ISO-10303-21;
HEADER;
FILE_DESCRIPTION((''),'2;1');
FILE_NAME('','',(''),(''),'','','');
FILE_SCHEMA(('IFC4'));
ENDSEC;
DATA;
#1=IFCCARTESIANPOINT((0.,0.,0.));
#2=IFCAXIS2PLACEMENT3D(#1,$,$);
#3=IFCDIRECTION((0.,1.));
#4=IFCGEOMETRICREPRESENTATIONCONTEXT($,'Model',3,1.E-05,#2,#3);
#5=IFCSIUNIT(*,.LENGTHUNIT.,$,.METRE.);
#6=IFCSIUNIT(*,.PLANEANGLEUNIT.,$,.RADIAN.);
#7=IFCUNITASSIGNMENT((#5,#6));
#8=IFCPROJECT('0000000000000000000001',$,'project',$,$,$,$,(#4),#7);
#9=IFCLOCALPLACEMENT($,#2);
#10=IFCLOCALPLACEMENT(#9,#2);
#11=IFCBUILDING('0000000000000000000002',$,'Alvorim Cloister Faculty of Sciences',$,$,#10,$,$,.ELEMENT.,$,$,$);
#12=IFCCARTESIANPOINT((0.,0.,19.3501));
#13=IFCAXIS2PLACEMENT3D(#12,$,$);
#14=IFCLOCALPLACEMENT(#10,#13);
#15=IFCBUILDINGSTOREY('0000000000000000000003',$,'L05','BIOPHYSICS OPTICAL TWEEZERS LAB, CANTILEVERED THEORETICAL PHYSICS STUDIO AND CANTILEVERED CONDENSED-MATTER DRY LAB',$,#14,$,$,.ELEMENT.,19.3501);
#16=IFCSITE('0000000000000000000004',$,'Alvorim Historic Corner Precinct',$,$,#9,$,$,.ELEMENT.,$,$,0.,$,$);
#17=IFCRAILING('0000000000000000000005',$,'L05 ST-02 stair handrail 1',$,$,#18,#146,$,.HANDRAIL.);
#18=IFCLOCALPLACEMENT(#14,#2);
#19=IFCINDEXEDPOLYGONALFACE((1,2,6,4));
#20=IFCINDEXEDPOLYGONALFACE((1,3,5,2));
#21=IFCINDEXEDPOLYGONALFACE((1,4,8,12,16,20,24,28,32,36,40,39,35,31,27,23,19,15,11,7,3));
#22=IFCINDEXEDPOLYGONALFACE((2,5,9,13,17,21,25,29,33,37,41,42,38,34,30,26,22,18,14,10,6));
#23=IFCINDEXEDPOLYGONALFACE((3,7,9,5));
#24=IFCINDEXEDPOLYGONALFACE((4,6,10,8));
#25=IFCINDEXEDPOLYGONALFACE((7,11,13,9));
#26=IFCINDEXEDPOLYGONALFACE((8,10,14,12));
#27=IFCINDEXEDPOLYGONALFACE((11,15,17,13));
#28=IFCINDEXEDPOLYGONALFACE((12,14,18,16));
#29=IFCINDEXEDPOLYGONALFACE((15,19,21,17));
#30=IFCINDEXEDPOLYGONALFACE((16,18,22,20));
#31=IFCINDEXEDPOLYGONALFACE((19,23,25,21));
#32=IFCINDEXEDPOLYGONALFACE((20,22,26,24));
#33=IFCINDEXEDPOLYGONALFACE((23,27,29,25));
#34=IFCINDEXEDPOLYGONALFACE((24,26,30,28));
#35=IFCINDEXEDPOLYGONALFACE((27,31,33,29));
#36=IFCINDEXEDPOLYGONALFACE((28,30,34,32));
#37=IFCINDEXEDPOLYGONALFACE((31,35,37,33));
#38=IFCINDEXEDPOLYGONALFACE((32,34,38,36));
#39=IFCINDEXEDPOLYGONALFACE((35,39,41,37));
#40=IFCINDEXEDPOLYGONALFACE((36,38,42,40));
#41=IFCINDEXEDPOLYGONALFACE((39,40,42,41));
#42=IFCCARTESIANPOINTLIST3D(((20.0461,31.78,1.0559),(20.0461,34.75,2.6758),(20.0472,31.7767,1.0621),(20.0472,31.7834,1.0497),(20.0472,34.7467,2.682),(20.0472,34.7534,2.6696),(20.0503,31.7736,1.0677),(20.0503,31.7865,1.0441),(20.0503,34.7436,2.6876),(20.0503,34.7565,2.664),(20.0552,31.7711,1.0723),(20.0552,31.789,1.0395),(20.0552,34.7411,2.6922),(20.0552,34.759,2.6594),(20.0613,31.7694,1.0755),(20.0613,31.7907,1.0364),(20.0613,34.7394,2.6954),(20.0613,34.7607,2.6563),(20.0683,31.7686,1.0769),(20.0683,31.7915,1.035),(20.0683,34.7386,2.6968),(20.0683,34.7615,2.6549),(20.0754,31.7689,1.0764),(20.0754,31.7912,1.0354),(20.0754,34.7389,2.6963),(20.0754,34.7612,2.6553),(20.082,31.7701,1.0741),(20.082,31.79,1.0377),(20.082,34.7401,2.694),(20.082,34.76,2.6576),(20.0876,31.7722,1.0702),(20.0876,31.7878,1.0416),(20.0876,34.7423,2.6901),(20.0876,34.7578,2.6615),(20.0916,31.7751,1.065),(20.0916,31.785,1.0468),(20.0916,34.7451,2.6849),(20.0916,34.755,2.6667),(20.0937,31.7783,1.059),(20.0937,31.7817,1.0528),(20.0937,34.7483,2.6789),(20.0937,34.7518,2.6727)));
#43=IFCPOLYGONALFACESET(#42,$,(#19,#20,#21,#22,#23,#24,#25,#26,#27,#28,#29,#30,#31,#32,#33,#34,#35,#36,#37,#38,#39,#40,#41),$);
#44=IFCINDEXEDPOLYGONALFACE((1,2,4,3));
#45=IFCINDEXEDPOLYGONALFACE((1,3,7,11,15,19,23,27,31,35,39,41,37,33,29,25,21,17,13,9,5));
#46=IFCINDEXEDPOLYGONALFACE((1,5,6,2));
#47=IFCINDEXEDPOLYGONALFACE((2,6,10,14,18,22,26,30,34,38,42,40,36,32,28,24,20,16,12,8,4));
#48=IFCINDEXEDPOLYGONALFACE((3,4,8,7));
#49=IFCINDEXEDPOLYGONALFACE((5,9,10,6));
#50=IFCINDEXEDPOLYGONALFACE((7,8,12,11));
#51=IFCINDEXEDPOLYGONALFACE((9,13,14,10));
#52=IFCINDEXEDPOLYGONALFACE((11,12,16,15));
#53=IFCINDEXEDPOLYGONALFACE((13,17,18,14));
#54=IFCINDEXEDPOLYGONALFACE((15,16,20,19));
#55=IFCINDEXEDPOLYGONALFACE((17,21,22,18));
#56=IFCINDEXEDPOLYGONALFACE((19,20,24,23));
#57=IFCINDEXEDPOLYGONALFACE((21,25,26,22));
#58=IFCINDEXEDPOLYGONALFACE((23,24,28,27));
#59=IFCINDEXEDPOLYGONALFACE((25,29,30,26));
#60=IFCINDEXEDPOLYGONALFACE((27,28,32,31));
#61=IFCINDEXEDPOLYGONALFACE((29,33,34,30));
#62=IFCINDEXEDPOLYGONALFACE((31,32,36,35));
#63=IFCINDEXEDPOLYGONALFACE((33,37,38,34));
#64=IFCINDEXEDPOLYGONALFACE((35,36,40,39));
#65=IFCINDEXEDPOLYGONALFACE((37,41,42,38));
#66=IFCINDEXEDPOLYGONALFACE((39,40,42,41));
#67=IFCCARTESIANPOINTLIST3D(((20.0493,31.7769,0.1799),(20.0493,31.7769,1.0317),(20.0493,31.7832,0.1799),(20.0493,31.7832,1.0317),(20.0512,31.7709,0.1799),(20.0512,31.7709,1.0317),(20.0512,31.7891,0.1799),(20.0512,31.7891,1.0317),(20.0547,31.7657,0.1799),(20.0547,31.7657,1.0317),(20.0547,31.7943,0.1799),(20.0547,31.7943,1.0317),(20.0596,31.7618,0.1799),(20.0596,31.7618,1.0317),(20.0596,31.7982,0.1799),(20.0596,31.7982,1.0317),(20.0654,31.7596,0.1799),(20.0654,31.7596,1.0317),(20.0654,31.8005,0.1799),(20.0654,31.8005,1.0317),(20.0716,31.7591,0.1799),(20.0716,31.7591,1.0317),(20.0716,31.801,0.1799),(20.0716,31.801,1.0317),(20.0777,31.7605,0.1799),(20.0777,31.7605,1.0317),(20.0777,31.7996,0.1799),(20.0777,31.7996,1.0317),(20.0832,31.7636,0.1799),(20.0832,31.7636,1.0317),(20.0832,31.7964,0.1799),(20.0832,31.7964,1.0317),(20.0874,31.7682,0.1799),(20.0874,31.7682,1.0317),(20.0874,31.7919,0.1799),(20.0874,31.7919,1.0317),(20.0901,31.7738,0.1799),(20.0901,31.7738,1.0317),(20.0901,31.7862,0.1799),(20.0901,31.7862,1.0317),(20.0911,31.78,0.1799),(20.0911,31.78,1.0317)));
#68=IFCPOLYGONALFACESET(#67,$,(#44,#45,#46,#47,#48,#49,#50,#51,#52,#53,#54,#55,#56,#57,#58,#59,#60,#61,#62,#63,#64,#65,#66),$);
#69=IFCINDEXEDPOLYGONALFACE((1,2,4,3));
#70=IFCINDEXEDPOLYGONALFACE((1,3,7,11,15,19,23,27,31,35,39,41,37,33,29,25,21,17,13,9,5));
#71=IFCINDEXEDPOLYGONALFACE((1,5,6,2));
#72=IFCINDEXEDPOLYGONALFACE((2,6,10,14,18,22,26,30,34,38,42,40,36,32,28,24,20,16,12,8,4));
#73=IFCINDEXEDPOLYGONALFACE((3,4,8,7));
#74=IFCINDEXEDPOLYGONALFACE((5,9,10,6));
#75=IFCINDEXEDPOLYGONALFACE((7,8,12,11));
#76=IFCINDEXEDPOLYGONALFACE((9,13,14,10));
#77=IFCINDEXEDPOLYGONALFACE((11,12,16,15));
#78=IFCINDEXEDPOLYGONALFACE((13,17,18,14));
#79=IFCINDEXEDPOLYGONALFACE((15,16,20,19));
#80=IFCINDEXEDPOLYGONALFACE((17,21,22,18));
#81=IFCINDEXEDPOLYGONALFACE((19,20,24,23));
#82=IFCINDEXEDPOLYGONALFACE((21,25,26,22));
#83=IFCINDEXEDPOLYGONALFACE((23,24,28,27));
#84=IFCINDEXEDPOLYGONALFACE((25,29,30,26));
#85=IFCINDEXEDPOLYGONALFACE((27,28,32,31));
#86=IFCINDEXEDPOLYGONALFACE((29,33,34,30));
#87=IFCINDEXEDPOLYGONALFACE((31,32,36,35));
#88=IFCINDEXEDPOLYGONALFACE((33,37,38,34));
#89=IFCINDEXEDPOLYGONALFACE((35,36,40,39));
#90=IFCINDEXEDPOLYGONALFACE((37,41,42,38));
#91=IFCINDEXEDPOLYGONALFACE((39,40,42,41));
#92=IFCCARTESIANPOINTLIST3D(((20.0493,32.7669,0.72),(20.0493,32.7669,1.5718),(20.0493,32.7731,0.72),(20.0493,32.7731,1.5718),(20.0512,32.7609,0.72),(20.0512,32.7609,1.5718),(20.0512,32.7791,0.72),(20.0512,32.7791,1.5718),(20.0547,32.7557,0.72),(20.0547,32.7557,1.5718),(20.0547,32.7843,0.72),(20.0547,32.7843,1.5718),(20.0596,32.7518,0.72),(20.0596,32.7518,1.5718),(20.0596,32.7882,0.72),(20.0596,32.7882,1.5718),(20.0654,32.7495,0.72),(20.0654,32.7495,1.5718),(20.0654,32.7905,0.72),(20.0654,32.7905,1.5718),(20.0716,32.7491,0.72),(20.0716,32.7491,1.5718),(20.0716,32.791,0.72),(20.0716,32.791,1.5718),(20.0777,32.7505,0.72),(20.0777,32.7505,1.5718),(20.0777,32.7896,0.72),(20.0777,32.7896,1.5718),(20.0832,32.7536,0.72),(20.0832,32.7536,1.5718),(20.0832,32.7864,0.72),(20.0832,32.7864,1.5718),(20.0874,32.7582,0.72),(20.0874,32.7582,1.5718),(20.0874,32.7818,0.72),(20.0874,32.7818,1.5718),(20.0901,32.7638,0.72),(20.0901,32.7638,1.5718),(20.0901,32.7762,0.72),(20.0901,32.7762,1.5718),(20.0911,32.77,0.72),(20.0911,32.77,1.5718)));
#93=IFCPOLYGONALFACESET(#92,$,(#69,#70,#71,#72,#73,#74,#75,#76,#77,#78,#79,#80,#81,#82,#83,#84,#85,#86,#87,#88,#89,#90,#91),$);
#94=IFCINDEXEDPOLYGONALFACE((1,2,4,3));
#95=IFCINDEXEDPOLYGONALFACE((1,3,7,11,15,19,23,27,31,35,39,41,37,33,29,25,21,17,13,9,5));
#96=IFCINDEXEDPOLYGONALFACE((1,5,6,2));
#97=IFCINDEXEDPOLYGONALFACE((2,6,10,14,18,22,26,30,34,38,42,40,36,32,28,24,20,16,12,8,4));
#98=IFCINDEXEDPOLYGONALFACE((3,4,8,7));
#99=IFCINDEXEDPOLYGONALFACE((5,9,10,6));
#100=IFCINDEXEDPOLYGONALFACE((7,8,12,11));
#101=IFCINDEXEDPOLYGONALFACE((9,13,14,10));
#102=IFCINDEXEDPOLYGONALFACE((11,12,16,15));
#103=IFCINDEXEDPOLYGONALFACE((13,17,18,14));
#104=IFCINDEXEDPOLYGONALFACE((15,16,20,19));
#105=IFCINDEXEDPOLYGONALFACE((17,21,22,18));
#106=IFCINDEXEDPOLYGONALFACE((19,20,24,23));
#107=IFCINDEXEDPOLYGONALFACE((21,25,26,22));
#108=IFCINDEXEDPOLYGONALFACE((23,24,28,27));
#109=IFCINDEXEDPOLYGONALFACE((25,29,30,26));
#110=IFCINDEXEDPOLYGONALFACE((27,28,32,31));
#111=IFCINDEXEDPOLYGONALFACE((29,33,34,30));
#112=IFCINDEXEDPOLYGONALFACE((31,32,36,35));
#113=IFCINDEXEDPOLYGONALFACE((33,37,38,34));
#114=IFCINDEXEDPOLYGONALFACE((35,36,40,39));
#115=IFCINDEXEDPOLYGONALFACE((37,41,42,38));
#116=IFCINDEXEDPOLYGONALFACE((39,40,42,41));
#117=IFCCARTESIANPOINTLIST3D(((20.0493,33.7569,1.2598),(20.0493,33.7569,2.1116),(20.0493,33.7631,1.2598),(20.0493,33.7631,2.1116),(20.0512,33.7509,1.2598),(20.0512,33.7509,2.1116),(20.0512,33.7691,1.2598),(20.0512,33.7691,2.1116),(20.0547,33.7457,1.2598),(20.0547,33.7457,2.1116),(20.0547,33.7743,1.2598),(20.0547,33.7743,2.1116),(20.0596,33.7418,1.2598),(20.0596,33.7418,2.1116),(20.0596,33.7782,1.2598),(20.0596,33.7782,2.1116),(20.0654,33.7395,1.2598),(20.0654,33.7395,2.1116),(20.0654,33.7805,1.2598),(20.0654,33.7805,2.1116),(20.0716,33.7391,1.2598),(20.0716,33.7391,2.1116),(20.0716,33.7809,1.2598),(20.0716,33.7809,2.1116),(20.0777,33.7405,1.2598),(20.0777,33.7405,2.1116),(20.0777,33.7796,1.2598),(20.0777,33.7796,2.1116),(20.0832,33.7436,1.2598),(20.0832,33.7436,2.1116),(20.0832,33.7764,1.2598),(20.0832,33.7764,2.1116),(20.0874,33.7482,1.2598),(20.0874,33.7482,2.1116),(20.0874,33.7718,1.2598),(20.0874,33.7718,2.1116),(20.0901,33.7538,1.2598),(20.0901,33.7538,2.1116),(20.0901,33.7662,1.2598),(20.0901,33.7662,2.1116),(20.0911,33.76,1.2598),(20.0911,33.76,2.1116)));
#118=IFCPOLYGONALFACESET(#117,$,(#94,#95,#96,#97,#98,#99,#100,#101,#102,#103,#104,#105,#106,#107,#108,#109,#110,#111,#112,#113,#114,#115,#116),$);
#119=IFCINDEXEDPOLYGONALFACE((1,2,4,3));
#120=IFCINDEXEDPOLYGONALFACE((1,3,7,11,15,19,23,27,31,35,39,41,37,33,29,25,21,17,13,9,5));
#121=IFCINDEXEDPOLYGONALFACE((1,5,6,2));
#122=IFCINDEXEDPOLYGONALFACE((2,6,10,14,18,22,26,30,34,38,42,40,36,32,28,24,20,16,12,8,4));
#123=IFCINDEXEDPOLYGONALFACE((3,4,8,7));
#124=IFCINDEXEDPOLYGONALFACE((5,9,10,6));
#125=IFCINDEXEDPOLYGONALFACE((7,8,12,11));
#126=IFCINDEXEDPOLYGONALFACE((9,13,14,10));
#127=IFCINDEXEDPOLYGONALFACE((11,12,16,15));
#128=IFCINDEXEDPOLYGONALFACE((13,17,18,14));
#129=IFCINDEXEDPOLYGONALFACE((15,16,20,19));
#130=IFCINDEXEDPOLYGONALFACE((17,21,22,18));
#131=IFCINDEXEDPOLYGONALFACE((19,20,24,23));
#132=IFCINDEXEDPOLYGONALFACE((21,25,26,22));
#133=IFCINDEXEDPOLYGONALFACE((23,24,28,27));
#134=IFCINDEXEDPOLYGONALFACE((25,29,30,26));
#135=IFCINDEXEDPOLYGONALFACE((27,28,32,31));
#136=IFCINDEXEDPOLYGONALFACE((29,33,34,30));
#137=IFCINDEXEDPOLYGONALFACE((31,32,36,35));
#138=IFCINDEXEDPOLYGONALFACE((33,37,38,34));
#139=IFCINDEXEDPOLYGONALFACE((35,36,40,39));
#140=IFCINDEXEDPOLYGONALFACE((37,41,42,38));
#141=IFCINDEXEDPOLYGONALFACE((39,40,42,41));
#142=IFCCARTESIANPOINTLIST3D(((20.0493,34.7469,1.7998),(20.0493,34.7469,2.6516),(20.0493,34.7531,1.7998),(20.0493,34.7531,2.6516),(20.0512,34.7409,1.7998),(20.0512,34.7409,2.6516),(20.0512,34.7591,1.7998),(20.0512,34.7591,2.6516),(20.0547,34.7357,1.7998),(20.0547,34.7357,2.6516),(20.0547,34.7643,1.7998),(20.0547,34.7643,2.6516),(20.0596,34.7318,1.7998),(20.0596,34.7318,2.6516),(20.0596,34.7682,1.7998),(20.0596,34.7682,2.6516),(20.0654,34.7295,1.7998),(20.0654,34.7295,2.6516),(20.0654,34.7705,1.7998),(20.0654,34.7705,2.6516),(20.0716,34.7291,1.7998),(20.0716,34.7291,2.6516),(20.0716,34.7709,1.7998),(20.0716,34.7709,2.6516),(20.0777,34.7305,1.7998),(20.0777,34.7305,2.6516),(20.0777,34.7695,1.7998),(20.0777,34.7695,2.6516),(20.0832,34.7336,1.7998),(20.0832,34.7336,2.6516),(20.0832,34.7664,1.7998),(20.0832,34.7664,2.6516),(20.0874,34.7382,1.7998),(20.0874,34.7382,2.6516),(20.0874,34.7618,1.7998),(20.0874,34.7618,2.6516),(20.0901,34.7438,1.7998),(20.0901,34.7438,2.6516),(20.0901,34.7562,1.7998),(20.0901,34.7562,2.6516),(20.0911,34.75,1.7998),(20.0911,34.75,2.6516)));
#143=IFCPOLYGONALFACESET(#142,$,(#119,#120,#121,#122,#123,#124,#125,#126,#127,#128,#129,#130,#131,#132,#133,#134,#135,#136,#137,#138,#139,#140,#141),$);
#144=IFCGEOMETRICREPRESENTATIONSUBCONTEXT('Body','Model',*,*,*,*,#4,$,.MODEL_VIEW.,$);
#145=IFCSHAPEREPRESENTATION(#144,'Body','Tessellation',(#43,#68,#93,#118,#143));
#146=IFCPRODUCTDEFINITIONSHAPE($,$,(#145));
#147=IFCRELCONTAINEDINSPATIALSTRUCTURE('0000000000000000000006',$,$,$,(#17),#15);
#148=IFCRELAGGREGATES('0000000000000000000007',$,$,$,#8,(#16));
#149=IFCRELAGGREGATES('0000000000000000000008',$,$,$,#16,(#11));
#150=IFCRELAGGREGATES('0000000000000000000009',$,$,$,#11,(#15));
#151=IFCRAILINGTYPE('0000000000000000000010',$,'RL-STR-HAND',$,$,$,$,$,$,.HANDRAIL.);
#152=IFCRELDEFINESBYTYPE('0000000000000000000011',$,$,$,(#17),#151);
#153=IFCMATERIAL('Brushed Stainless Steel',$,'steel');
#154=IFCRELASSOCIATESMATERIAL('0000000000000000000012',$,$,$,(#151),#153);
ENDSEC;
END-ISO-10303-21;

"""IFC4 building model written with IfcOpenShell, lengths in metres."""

from ifc_helpers import new_model, si_unit, direction, frame, origin, origin_2d, place, context, subcontext, project, spatial, circle, extrude, material, type_object, element, save


model = new_model("IFC4")

# Units and contexts
model_context = context("Model", 3, precision=1e-05, world=origin(), true_north=direction((0.0, 1.0)))
body_context = subcontext(model_context, "Body", "Model", "MODEL_VIEW")
ifc_project = project(units=[si_unit("LENGTHUNIT", "METRE"), si_unit("PLANEANGLEUNIT", "RADIAN")], contexts=[model_context])

# Site, building, storey
site_placement = place(None, origin())
site = spatial("IfcSite", under=ifc_project, at=site_placement, Name="Alvorim Historic Corner Precinct", CompositionType="ELEMENT", RefElevation=0.0)
building_placement = place(site_placement, origin())
building = spatial("IfcBuilding", under=site, at=building_placement, Name="Alvorim Cloister Faculty of Sciences", CompositionType="ELEMENT")
storey_placement = place(building_placement, frame((0.0, 0.0, 19.3501)))
storey = spatial("IfcBuildingStorey", under=building, at=storey_placement, Name="L05", Description="BIOPHYSICS OPTICAL TWEEZERS LAB, CANTILEVERED THEORETICAL PHYSICS STUDIO AND CANTILEVERED CONDENSED-MATTER DRY LAB", CompositionType="ELEMENT", Elevation=19.3501)

# Shared definitions
ifc_material_1 = material(Name="Brushed Stainless Steel", Category="steel")

# Railing
railing_type_1 = type_object("IfcRailingType", Name="RL-STR-HAND", PredefinedType="HANDRAIL", material=ifc_material_1)
railing_1_placement = place(storey_placement, frame((20.0701, 31.78, 0.1799)))
element("IfcRailing", 1, at=railing_1_placement, inside=storey, type_object=railing_type_1, Name="L05 ST-02 stair handrail 1", PredefinedType="HANDRAIL", context=body_context, shape_type="SweptSolid", body=[
    extrude(circle(Radius=0.0239, at=origin_2d()), frame((0.0, 0.0, 0.876), z_axis=(0.0, 0.877909, 0.478827), x_axis=(-1.0, 0.0, 0.0)), (0.0, 0.0, 1.0), 3.3831),
    extrude(circle(Radius=0.021, at=origin_2d()), origin(), (0.0, 0.0, 1.0), 0.8518),
    extrude(circle(Radius=0.021, at=origin_2d()), frame((0.0, 0.99, 0.54)), (0.0, 0.0, 1.0), 0.8518),
    extrude(circle(Radius=0.021, at=origin_2d()), frame((0.0, 1.98, 1.0798)), (0.0, 0.0, 1.0), 0.8518),
    extrude(circle(Radius=0.021, at=origin_2d()), frame((0.0, 2.97, 1.6199)), (0.0, 0.0, 1.0), 0.8518),
])

save(model, "model.ifc")
